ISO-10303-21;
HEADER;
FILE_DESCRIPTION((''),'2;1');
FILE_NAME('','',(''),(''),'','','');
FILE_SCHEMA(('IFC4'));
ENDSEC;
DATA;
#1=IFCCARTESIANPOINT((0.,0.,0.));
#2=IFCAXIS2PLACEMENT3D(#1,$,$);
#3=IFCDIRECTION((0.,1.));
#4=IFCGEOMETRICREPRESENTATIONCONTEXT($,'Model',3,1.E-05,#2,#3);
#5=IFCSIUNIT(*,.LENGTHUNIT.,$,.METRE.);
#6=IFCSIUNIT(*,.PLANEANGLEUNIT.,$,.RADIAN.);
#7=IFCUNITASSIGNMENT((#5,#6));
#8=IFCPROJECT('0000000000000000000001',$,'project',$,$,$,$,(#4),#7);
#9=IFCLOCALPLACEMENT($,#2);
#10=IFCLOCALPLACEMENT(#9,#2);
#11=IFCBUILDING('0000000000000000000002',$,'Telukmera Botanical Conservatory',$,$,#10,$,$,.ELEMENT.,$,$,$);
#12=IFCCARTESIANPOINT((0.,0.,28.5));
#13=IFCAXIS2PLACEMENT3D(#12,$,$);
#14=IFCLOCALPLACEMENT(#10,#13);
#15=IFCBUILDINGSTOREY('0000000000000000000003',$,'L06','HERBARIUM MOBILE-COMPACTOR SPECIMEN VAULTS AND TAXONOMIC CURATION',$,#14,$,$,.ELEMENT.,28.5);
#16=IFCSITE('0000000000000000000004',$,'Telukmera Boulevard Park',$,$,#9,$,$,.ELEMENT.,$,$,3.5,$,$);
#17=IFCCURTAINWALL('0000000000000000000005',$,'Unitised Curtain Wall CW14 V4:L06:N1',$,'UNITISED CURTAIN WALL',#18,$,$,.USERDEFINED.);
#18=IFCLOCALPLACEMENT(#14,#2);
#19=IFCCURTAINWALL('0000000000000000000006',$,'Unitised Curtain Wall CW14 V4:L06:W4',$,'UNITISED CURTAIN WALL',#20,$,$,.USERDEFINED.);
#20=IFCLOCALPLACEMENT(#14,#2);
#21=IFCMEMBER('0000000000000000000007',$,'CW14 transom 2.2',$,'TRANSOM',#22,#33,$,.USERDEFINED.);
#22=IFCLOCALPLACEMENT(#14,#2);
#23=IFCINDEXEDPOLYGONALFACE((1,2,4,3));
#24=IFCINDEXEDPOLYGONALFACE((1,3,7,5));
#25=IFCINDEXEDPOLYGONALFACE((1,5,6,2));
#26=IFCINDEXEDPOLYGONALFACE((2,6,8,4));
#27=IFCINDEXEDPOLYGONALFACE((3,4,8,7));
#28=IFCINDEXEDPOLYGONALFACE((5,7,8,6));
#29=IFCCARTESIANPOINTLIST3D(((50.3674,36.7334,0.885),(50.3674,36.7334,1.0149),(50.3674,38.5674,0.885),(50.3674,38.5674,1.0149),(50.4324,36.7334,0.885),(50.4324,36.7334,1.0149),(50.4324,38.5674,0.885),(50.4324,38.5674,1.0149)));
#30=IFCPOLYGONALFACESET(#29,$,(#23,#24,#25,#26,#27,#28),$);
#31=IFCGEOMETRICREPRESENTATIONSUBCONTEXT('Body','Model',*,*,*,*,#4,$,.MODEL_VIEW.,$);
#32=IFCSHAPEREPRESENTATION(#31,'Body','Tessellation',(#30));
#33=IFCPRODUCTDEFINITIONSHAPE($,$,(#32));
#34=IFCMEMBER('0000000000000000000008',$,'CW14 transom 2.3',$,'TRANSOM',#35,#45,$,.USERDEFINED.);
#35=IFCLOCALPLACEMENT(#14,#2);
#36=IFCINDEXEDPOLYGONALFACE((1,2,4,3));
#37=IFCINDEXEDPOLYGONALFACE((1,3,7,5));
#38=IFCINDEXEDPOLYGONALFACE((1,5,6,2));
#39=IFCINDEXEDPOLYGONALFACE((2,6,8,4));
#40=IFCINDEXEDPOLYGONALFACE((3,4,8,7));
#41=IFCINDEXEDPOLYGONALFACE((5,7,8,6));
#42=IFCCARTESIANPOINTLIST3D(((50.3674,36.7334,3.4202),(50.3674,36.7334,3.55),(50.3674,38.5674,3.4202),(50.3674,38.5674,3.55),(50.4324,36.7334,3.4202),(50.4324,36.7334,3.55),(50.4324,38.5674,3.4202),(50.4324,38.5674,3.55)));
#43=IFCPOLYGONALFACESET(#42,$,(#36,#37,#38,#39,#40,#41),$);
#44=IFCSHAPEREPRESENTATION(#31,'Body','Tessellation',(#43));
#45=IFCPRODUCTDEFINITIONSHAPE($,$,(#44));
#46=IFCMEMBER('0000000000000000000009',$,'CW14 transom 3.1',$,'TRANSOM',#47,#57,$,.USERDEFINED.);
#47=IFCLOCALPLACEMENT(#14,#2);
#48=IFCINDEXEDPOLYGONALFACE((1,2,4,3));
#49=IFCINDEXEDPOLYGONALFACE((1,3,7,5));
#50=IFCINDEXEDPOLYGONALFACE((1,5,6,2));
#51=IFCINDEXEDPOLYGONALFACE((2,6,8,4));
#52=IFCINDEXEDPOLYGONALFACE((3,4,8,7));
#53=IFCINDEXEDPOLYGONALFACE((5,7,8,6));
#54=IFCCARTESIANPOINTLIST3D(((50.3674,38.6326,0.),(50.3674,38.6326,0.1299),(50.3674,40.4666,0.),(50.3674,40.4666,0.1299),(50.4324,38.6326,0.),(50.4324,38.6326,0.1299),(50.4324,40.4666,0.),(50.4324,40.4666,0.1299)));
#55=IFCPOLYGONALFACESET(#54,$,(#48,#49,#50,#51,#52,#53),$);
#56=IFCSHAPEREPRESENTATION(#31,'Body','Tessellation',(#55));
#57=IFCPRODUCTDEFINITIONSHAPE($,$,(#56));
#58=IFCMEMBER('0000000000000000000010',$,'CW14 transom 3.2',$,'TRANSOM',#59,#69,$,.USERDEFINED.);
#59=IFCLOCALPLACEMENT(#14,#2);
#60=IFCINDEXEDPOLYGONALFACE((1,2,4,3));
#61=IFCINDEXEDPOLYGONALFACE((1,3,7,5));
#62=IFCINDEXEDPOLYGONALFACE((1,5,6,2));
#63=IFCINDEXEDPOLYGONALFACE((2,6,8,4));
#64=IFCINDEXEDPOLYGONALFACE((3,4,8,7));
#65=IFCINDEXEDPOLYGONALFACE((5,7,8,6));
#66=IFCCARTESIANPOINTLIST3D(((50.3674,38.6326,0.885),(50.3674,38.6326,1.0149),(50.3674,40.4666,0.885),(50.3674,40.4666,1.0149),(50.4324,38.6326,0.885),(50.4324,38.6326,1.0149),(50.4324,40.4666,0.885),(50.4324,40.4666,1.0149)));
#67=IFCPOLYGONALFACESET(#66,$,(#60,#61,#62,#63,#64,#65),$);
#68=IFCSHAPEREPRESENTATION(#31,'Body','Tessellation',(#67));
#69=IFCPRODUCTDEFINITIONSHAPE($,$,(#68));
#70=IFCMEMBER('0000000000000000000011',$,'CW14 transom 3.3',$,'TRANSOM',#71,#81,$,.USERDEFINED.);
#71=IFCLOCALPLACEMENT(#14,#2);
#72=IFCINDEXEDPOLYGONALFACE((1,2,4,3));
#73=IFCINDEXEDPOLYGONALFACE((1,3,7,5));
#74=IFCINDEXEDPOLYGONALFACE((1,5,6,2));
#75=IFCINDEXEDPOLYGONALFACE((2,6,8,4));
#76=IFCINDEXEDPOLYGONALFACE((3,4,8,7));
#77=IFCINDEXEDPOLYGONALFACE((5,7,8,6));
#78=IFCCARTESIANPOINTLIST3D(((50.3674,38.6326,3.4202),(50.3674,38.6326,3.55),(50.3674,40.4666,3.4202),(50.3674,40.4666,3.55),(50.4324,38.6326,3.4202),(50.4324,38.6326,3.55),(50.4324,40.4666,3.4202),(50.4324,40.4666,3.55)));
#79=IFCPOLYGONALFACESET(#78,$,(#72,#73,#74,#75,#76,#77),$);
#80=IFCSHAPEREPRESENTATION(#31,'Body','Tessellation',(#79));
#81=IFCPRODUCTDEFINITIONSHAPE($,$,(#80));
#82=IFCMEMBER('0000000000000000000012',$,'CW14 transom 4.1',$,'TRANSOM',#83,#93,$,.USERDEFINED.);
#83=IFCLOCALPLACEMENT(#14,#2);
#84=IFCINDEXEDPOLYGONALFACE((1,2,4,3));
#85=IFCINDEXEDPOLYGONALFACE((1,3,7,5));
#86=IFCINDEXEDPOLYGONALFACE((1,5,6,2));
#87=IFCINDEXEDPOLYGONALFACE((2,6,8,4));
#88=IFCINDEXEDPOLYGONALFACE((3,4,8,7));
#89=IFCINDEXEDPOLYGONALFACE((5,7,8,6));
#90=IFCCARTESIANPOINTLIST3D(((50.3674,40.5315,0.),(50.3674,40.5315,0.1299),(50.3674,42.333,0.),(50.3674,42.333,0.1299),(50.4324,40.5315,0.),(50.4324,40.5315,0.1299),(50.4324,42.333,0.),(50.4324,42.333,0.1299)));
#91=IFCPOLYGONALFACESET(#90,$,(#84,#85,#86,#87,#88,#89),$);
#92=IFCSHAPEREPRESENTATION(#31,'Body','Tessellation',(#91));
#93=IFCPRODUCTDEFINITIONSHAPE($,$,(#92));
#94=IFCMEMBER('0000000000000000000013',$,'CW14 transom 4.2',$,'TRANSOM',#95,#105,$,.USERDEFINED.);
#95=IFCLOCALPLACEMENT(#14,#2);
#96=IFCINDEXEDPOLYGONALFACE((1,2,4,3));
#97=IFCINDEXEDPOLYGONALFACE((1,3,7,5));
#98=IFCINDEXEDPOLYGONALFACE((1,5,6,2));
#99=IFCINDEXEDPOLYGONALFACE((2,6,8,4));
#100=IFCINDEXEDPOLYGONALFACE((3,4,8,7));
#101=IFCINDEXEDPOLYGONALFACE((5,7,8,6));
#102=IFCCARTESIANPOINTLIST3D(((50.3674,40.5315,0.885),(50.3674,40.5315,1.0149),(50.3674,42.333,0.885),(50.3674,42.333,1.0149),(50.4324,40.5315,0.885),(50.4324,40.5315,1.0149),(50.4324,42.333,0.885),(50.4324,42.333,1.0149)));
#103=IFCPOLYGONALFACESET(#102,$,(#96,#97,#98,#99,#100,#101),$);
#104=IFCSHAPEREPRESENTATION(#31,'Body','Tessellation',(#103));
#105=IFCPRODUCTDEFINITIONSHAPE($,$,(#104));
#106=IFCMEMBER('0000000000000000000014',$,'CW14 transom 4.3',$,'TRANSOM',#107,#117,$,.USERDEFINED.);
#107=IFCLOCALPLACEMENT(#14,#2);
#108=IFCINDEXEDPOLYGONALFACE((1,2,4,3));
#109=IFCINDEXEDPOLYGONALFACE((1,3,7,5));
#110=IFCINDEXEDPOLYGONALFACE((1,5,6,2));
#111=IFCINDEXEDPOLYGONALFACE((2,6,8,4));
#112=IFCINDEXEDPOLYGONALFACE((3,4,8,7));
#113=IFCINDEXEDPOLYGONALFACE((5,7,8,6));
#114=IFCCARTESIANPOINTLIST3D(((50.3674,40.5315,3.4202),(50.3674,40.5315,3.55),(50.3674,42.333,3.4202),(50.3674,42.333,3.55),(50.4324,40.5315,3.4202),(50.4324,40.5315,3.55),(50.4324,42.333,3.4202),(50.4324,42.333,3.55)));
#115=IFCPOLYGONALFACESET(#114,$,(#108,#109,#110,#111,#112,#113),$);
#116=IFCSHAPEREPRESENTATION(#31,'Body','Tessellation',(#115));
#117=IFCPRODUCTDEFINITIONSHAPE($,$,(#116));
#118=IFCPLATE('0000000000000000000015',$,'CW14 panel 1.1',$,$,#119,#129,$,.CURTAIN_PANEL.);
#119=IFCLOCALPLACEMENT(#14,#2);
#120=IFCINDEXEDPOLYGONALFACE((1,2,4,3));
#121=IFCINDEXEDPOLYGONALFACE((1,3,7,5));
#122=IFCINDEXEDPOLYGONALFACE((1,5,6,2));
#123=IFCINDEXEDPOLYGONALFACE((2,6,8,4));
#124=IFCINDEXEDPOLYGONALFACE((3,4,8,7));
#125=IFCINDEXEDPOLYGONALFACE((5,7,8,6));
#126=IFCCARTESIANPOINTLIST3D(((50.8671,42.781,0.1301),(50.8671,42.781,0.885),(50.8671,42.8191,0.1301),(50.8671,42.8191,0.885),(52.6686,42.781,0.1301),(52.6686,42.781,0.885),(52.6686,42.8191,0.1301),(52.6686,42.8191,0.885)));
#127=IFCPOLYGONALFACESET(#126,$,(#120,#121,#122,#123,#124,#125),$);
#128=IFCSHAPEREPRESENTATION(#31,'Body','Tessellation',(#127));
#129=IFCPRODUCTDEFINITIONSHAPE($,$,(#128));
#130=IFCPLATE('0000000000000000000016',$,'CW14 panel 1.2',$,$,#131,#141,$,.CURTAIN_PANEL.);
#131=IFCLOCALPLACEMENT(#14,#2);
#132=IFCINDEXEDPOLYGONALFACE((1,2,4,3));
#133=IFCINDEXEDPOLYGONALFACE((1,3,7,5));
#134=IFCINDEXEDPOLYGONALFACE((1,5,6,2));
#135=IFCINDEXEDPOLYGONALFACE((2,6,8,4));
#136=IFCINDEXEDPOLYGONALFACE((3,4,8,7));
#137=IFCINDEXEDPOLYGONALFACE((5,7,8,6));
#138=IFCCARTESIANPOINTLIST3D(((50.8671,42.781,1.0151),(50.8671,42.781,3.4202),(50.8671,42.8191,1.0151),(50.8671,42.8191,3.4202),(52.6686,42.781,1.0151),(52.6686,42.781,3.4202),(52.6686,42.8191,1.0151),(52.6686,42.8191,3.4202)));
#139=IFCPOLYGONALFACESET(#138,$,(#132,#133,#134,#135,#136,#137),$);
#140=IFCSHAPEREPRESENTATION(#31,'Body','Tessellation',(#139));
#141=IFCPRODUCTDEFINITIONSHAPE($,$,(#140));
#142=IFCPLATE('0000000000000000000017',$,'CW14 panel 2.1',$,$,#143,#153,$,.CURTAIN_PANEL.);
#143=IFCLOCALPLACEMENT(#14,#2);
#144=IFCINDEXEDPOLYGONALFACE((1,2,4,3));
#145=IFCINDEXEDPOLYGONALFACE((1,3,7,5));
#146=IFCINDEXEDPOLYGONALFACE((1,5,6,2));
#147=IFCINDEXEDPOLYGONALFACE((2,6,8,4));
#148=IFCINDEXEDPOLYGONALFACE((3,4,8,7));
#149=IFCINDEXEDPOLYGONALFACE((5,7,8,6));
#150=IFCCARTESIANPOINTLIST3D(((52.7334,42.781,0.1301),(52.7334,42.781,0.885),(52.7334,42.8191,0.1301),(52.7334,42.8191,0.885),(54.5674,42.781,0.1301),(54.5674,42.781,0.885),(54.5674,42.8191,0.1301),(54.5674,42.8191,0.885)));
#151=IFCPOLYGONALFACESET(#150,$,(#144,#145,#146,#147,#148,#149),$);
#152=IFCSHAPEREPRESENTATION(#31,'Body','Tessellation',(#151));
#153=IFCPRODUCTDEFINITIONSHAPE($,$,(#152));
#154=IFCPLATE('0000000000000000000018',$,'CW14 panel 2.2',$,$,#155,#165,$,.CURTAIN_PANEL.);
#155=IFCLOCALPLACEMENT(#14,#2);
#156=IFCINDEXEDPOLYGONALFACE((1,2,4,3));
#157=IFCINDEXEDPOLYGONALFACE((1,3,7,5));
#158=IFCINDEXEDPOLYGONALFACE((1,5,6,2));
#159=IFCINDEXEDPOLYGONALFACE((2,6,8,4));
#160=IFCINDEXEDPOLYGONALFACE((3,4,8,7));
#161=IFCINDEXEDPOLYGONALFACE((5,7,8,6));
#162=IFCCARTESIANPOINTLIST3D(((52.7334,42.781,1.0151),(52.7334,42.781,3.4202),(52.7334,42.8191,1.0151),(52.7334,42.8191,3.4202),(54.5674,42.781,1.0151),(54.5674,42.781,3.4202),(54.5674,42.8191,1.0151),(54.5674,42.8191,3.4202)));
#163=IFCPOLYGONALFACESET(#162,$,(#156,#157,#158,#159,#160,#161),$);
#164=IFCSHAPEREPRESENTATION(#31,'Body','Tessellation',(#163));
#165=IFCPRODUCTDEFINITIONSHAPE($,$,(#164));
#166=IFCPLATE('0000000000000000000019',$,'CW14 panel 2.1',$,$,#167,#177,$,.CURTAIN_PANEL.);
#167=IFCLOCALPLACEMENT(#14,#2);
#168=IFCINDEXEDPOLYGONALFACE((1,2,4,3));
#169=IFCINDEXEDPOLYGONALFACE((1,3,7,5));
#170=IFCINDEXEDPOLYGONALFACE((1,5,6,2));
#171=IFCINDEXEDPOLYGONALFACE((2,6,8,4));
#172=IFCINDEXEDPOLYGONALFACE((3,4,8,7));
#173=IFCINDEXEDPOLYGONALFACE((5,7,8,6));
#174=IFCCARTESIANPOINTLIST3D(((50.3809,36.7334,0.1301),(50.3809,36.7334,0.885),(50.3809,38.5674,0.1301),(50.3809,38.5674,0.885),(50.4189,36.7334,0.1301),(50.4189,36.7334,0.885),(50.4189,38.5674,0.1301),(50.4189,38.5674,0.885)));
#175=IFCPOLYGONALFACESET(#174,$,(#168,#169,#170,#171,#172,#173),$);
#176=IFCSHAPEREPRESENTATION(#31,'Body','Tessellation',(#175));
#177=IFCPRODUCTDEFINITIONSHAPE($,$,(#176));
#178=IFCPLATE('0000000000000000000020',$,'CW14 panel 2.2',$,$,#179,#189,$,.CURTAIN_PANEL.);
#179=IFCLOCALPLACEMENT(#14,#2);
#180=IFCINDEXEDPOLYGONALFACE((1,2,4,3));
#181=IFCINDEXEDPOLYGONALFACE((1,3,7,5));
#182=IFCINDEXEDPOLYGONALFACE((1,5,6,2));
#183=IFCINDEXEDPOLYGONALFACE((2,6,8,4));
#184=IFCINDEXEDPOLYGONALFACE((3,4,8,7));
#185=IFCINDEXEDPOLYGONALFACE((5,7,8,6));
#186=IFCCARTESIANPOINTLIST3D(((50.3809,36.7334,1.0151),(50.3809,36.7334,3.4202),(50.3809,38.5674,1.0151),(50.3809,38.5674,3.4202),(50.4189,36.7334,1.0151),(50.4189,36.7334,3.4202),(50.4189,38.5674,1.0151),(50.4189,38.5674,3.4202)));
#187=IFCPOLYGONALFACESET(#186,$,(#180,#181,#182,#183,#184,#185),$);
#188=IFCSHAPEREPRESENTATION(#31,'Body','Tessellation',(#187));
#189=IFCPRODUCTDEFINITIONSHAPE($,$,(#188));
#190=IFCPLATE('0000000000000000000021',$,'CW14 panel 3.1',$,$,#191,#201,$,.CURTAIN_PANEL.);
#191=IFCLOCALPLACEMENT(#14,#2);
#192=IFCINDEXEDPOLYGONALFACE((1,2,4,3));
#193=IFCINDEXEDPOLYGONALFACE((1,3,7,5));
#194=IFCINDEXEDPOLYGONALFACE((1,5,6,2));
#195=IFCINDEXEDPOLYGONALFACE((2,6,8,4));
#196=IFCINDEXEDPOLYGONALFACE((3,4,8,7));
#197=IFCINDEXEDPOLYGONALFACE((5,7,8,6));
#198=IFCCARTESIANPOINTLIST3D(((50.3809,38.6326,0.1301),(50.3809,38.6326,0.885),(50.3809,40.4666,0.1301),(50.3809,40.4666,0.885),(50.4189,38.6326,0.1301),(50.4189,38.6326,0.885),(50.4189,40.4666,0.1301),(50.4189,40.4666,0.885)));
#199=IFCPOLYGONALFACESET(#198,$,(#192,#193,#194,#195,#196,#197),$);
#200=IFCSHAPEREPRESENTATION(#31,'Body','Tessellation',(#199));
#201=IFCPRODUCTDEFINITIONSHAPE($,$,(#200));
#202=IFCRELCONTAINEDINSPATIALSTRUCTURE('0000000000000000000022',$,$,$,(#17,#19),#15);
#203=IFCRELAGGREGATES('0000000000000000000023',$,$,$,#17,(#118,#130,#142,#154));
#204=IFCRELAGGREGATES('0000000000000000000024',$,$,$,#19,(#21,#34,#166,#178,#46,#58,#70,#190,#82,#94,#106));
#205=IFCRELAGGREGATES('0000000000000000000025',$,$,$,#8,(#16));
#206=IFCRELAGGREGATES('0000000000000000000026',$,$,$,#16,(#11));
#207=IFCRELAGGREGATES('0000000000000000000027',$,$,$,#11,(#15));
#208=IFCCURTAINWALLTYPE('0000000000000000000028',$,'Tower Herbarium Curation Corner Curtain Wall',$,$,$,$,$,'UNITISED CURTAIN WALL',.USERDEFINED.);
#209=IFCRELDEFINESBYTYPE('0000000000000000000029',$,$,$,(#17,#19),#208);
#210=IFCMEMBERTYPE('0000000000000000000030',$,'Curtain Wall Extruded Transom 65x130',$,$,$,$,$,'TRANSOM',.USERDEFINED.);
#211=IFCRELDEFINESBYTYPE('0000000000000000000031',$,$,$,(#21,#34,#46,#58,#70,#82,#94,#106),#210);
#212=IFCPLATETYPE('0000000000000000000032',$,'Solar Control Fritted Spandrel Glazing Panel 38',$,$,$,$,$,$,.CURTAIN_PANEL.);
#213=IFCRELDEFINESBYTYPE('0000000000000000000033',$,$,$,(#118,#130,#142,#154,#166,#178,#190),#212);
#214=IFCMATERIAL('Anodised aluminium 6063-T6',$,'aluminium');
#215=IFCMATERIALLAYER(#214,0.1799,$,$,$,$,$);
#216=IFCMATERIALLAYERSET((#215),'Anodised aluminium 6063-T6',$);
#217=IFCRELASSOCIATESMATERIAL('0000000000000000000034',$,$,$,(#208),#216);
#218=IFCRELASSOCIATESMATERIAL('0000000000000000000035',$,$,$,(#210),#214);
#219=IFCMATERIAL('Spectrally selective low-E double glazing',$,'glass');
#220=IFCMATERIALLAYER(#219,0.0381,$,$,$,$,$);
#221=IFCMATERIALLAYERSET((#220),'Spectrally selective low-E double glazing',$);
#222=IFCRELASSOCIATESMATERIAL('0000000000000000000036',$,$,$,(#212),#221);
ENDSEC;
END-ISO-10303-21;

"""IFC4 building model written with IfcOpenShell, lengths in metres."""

from ifc_helpers import new_model, si_unit, direction, frame, origin, origin_2d, place, context, subcontext, project, spatial, rectangle, extrude, material, layer, layer_set, material_profile, profile_set, type_object, element, aggregate, save


model = new_model("IFC4")

# Units and contexts
model_context = context("Model", 3, precision=1e-05, world=origin(), true_north=direction((0.0, 1.0)))
body_context = subcontext(model_context, "Body", "Model", "MODEL_VIEW")
ifc_project = project(units=[si_unit("LENGTHUNIT", "METRE"), si_unit("PLANEANGLEUNIT", "RADIAN")], contexts=[model_context])

# Site, building, storey
site_placement = place(None, origin())
site = spatial("IfcSite", under=ifc_project, at=site_placement, Name="Telukmera Boulevard Park", CompositionType="ELEMENT", RefElevation=3.5)
building_placement = place(site_placement, origin())
building = spatial("IfcBuilding", under=site, at=building_placement, Name="Telukmera Botanical Conservatory", CompositionType="ELEMENT")
storey_placement = place(building_placement, frame((0.0, 0.0, 28.5)))
storey = spatial("IfcBuildingStorey", under=building, at=storey_placement, Name="L06", Description="HERBARIUM MOBILE-COMPACTOR SPECIMEN VAULTS AND TAXONOMIC CURATION", CompositionType="ELEMENT", Elevation=28.5)

# Curtain walls
ifc_material_1 = material(Name="Anodised aluminium 6063-T6", Category="aluminium")
ifc_layer_1 = layer(ifc_material_1, 0.1799)
ifc_layer_set_1 = layer_set([ifc_layer_1], Name="Anodised aluminium 6063-T6")
curtain_wall_type = type_object("IfcCurtainWallType", Name="Tower Herbarium Curation Corner Curtain Wall", ElementType="UNITISED CURTAIN WALL", PredefinedType="USERDEFINED", material=ifc_layer_set_1)
curtain_wall_1_placement = place(storey_placement, origin())
curtain_wall_1 = element("IfcCurtainWall", 1, at=curtain_wall_1_placement, inside=storey, type_object=curtain_wall_type, Name="Unitised Curtain Wall CW14 V4:L06:N1", ObjectType="UNITISED CURTAIN WALL", PredefinedType="USERDEFINED")
curtain_wall_2_placement = place(storey_placement, origin())
curtain_wall_2 = element("IfcCurtainWall", 2, at=curtain_wall_2_placement, inside=storey, type_object=curtain_wall_type, Name="Unitised Curtain Wall CW14 V4:L06:W4", ObjectType="UNITISED CURTAIN WALL", PredefinedType="USERDEFINED")

# Members
ifc_material_profile_1 = material_profile(ifc_material_1, rectangle(XDim=0.0649, YDim=0.1299, at=origin_2d()), Name="ALU TRAN 65x130")
ifc_profile_set_1 = profile_set([ifc_material_profile_1], Name="Anodised aluminium 6063-T6")
member_type_1 = type_object("IfcMemberType", Name="Curtain Wall Extruded Transom 65x130", ElementType="TRANSOM", PredefinedType="USERDEFINED", material=ifc_profile_set_1)
member_1_placement = place(storey_placement, frame((50.3999, 36.7334, 0.95), z_axis=(0.0, 1.0, 0.0), x_axis=(-1.0, 0.0, 0.0)))
member_1 = element("IfcMember", 3, at=member_1_placement, type_object=member_type_1, Name="CW14 transom 2.2", ObjectType="TRANSOM", PredefinedType="USERDEFINED", context=body_context, shape_type="SweptSolid", body=[
    extrude(rectangle(XDim=0.0649, YDim=0.1299, at=origin_2d()), origin(), (0.0, 0.0, 1.0), 1.834),
])
member_2_placement = place(storey_placement, frame((50.3999, 36.7334, 3.4851), z_axis=(0.0, 1.0, 0.0), x_axis=(-1.0, 0.0, 0.0)))
member_2 = element("IfcMember", 4, at=member_2_placement, type_object=member_type_1, Name="CW14 transom 2.3", ObjectType="TRANSOM", PredefinedType="USERDEFINED", context=body_context, shape_type="SweptSolid", body=[
    extrude(rectangle(XDim=0.0649, YDim=0.1299, at=origin_2d()), origin(), (0.0, 0.0, 1.0), 1.834),
])
member_3_placement = place(storey_placement, frame((50.3999, 38.6326, 0.0649), z_axis=(0.0, 1.0, 0.0), x_axis=(-1.0, 0.0, 0.0)))
member_3 = element("IfcMember", 5, at=member_3_placement, type_object=member_type_1, Name="CW14 transom 3.1", ObjectType="TRANSOM", PredefinedType="USERDEFINED", context=body_context, shape_type="SweptSolid", body=[
    extrude(rectangle(XDim=0.0649, YDim=0.1299, at=origin_2d()), origin(), (0.0, 0.0, 1.0), 1.834),
])
member_4_placement = place(storey_placement, frame((50.3999, 38.6326, 0.95), z_axis=(0.0, 1.0, 0.0), x_axis=(-1.0, 0.0, 0.0)))
member_4 = element("IfcMember", 6, at=member_4_placement, type_object=member_type_1, Name="CW14 transom 3.2", ObjectType="TRANSOM", PredefinedType="USERDEFINED", context=body_context, shape_type="SweptSolid", body=[
    extrude(rectangle(XDim=0.0649, YDim=0.1299, at=origin_2d()), origin(), (0.0, 0.0, 1.0), 1.834),
])
member_5_placement = place(storey_placement, frame((50.3999, 38.6326, 3.4851), z_axis=(0.0, 1.0, 0.0), x_axis=(-1.0, 0.0, 0.0)))
member_5 = element("IfcMember", 7, at=member_5_placement, type_object=member_type_1, Name="CW14 transom 3.3", ObjectType="TRANSOM", PredefinedType="USERDEFINED", context=body_context, shape_type="SweptSolid", body=[
    extrude(rectangle(XDim=0.0649, YDim=0.1299, at=origin_2d()), origin(), (0.0, 0.0, 1.0), 1.834),
])
member_6_placement = place(storey_placement, frame((50.3999, 40.5315, 0.0649), z_axis=(0.0, 1.0, 0.0), x_axis=(-1.0, 0.0, 0.0)))
member_6 = element("IfcMember", 8, at=member_6_placement, type_object=member_type_1, Name="CW14 transom 4.1", ObjectType="TRANSOM", PredefinedType="USERDEFINED", context=body_context, shape_type="SweptSolid", body=[
    extrude(rectangle(XDim=0.0649, YDim=0.1299, at=origin_2d()), origin(), (0.0, 0.0, 1.0), 1.8015),
])
member_7_placement = place(storey_placement, frame((50.3999, 40.5315, 0.95), z_axis=(0.0, 1.0, 0.0), x_axis=(-1.0, 0.0, 0.0)))
member_7 = element("IfcMember", 9, at=member_7_placement, type_object=member_type_1, Name="CW14 transom 4.2", ObjectType="TRANSOM", PredefinedType="USERDEFINED", context=body_context, shape_type="SweptSolid", body=[
    extrude(rectangle(XDim=0.0649, YDim=0.1299, at=origin_2d()), origin(), (0.0, 0.0, 1.0), 1.8015),
])
member_8_placement = place(storey_placement, frame((50.3999, 40.5315, 3.4851), z_axis=(0.0, 1.0, 0.0), x_axis=(-1.0, 0.0, 0.0)))
member_8 = element("IfcMember", 10, at=member_8_placement, type_object=member_type_1, Name="CW14 transom 4.3", ObjectType="TRANSOM", PredefinedType="USERDEFINED", context=body_context, shape_type="SweptSolid", body=[
    extrude(rectangle(XDim=0.0649, YDim=0.1299, at=origin_2d()), origin(), (0.0, 0.0, 1.0), 1.8015),
])

# Plates
ifc_material_2 = material(Name="Spectrally selective low-E double glazing", Category="glass")
ifc_layer_2 = layer(ifc_material_2, 0.0381)
ifc_layer_set_2 = layer_set([ifc_layer_2], Name="Spectrally selective low-E double glazing")
plate_type = type_object("IfcPlateType", Name="Solar Control Fritted Spandrel Glazing Panel 38", PredefinedType="CURTAIN_PANEL", material=ifc_layer_set_2)
plate_1_placement = place(storey_placement, frame((51.7678, 42.8, 0.1301), z_axis=(0.0, 0.0, 1.0), x_axis=(1.0, 0.0, 0.0)))
plate_1 = element("IfcPlate", 11, at=plate_1_placement, type_object=plate_type, Name="CW14 panel 1.1", PredefinedType="CURTAIN_PANEL", context=body_context, shape_type="SweptSolid", body=[
    extrude(rectangle(XDim=1.8015, YDim=0.0381, at=origin_2d()), origin(), (0.0, 0.0, 1.0), 0.7549),
])
plate_2_placement = place(storey_placement, frame((51.7678, 42.8, 1.0151), z_axis=(0.0, 0.0, 1.0), x_axis=(1.0, 0.0, 0.0)))
plate_2 = element("IfcPlate", 12, at=plate_2_placement, type_object=plate_type, Name="CW14 panel 1.2", PredefinedType="CURTAIN_PANEL", context=body_context, shape_type="SweptSolid", body=[
    extrude(rectangle(XDim=1.8015, YDim=0.0381, at=origin_2d()), origin(), (0.0, 0.0, 1.0), 2.405),
])
plate_3_placement = place(storey_placement, frame((53.6504, 42.8, 0.1301), z_axis=(0.0, 0.0, 1.0), x_axis=(1.0, 0.0, 0.0)))
plate_3 = element("IfcPlate", 13, at=plate_3_placement, type_object=plate_type, Name="CW14 panel 2.1", PredefinedType="CURTAIN_PANEL", context=body_context, shape_type="SweptSolid", body=[
    extrude(rectangle(XDim=1.834, YDim=0.0381, at=origin_2d()), origin(), (0.0, 0.0, 1.0), 0.7549),
])
plate_4_placement = place(storey_placement, frame((53.6504, 42.8, 1.0151), z_axis=(0.0, 0.0, 1.0), x_axis=(1.0, 0.0, 0.0)))
plate_4 = element("IfcPlate", 14, at=plate_4_placement, type_object=plate_type, Name="CW14 panel 2.2", PredefinedType="CURTAIN_PANEL", context=body_context, shape_type="SweptSolid", body=[
    extrude(rectangle(XDim=1.834, YDim=0.0381, at=origin_2d()), origin(), (0.0, 0.0, 1.0), 2.405),
])
aggregate(curtain_wall_1, [plate_1, plate_2, plate_3, plate_4])
plate_5_placement = place(storey_placement, frame((50.3999, 37.6504, 0.1301), z_axis=(0.0, 0.0, 1.0), x_axis=(0.0, 1.0, 0.0)))
plate_5 = element("IfcPlate", 15, at=plate_5_placement, type_object=plate_type, Name="CW14 panel 2.1", PredefinedType="CURTAIN_PANEL", context=body_context, shape_type="SweptSolid", body=[
    extrude(rectangle(XDim=1.834, YDim=0.0381, at=origin_2d()), origin(), (0.0, 0.0, 1.0), 0.7549),
])
plate_6_placement = place(storey_placement, frame((50.3999, 37.6504, 1.0151), z_axis=(0.0, 0.0, 1.0), x_axis=(0.0, 1.0, 0.0)))
plate_6 = element("IfcPlate", 16, at=plate_6_placement, type_object=plate_type, Name="CW14 panel 2.2", PredefinedType="CURTAIN_PANEL", context=body_context, shape_type="SweptSolid", body=[
    extrude(rectangle(XDim=1.834, YDim=0.0381, at=origin_2d()), origin(), (0.0, 0.0, 1.0), 2.405),
])
plate_7_placement = place(storey_placement, frame((50.3999, 39.5496, 0.1301), z_axis=(0.0, 0.0, 1.0), x_axis=(0.0, 1.0, 0.0)))
plate_7 = element("IfcPlate", 17, at=plate_7_placement, type_object=plate_type, Name="CW14 panel 3.1", PredefinedType="CURTAIN_PANEL", context=body_context, shape_type="SweptSolid", body=[
    extrude(rectangle(XDim=1.834, YDim=0.0381, at=origin_2d()), origin(), (0.0, 0.0, 1.0), 0.7549),
])
aggregate(curtain_wall_2, [member_1, member_2, plate_5, plate_6, member_3, member_4, member_5, plate_7, member_6, member_7, member_8])

save(model, "model.ifc")
